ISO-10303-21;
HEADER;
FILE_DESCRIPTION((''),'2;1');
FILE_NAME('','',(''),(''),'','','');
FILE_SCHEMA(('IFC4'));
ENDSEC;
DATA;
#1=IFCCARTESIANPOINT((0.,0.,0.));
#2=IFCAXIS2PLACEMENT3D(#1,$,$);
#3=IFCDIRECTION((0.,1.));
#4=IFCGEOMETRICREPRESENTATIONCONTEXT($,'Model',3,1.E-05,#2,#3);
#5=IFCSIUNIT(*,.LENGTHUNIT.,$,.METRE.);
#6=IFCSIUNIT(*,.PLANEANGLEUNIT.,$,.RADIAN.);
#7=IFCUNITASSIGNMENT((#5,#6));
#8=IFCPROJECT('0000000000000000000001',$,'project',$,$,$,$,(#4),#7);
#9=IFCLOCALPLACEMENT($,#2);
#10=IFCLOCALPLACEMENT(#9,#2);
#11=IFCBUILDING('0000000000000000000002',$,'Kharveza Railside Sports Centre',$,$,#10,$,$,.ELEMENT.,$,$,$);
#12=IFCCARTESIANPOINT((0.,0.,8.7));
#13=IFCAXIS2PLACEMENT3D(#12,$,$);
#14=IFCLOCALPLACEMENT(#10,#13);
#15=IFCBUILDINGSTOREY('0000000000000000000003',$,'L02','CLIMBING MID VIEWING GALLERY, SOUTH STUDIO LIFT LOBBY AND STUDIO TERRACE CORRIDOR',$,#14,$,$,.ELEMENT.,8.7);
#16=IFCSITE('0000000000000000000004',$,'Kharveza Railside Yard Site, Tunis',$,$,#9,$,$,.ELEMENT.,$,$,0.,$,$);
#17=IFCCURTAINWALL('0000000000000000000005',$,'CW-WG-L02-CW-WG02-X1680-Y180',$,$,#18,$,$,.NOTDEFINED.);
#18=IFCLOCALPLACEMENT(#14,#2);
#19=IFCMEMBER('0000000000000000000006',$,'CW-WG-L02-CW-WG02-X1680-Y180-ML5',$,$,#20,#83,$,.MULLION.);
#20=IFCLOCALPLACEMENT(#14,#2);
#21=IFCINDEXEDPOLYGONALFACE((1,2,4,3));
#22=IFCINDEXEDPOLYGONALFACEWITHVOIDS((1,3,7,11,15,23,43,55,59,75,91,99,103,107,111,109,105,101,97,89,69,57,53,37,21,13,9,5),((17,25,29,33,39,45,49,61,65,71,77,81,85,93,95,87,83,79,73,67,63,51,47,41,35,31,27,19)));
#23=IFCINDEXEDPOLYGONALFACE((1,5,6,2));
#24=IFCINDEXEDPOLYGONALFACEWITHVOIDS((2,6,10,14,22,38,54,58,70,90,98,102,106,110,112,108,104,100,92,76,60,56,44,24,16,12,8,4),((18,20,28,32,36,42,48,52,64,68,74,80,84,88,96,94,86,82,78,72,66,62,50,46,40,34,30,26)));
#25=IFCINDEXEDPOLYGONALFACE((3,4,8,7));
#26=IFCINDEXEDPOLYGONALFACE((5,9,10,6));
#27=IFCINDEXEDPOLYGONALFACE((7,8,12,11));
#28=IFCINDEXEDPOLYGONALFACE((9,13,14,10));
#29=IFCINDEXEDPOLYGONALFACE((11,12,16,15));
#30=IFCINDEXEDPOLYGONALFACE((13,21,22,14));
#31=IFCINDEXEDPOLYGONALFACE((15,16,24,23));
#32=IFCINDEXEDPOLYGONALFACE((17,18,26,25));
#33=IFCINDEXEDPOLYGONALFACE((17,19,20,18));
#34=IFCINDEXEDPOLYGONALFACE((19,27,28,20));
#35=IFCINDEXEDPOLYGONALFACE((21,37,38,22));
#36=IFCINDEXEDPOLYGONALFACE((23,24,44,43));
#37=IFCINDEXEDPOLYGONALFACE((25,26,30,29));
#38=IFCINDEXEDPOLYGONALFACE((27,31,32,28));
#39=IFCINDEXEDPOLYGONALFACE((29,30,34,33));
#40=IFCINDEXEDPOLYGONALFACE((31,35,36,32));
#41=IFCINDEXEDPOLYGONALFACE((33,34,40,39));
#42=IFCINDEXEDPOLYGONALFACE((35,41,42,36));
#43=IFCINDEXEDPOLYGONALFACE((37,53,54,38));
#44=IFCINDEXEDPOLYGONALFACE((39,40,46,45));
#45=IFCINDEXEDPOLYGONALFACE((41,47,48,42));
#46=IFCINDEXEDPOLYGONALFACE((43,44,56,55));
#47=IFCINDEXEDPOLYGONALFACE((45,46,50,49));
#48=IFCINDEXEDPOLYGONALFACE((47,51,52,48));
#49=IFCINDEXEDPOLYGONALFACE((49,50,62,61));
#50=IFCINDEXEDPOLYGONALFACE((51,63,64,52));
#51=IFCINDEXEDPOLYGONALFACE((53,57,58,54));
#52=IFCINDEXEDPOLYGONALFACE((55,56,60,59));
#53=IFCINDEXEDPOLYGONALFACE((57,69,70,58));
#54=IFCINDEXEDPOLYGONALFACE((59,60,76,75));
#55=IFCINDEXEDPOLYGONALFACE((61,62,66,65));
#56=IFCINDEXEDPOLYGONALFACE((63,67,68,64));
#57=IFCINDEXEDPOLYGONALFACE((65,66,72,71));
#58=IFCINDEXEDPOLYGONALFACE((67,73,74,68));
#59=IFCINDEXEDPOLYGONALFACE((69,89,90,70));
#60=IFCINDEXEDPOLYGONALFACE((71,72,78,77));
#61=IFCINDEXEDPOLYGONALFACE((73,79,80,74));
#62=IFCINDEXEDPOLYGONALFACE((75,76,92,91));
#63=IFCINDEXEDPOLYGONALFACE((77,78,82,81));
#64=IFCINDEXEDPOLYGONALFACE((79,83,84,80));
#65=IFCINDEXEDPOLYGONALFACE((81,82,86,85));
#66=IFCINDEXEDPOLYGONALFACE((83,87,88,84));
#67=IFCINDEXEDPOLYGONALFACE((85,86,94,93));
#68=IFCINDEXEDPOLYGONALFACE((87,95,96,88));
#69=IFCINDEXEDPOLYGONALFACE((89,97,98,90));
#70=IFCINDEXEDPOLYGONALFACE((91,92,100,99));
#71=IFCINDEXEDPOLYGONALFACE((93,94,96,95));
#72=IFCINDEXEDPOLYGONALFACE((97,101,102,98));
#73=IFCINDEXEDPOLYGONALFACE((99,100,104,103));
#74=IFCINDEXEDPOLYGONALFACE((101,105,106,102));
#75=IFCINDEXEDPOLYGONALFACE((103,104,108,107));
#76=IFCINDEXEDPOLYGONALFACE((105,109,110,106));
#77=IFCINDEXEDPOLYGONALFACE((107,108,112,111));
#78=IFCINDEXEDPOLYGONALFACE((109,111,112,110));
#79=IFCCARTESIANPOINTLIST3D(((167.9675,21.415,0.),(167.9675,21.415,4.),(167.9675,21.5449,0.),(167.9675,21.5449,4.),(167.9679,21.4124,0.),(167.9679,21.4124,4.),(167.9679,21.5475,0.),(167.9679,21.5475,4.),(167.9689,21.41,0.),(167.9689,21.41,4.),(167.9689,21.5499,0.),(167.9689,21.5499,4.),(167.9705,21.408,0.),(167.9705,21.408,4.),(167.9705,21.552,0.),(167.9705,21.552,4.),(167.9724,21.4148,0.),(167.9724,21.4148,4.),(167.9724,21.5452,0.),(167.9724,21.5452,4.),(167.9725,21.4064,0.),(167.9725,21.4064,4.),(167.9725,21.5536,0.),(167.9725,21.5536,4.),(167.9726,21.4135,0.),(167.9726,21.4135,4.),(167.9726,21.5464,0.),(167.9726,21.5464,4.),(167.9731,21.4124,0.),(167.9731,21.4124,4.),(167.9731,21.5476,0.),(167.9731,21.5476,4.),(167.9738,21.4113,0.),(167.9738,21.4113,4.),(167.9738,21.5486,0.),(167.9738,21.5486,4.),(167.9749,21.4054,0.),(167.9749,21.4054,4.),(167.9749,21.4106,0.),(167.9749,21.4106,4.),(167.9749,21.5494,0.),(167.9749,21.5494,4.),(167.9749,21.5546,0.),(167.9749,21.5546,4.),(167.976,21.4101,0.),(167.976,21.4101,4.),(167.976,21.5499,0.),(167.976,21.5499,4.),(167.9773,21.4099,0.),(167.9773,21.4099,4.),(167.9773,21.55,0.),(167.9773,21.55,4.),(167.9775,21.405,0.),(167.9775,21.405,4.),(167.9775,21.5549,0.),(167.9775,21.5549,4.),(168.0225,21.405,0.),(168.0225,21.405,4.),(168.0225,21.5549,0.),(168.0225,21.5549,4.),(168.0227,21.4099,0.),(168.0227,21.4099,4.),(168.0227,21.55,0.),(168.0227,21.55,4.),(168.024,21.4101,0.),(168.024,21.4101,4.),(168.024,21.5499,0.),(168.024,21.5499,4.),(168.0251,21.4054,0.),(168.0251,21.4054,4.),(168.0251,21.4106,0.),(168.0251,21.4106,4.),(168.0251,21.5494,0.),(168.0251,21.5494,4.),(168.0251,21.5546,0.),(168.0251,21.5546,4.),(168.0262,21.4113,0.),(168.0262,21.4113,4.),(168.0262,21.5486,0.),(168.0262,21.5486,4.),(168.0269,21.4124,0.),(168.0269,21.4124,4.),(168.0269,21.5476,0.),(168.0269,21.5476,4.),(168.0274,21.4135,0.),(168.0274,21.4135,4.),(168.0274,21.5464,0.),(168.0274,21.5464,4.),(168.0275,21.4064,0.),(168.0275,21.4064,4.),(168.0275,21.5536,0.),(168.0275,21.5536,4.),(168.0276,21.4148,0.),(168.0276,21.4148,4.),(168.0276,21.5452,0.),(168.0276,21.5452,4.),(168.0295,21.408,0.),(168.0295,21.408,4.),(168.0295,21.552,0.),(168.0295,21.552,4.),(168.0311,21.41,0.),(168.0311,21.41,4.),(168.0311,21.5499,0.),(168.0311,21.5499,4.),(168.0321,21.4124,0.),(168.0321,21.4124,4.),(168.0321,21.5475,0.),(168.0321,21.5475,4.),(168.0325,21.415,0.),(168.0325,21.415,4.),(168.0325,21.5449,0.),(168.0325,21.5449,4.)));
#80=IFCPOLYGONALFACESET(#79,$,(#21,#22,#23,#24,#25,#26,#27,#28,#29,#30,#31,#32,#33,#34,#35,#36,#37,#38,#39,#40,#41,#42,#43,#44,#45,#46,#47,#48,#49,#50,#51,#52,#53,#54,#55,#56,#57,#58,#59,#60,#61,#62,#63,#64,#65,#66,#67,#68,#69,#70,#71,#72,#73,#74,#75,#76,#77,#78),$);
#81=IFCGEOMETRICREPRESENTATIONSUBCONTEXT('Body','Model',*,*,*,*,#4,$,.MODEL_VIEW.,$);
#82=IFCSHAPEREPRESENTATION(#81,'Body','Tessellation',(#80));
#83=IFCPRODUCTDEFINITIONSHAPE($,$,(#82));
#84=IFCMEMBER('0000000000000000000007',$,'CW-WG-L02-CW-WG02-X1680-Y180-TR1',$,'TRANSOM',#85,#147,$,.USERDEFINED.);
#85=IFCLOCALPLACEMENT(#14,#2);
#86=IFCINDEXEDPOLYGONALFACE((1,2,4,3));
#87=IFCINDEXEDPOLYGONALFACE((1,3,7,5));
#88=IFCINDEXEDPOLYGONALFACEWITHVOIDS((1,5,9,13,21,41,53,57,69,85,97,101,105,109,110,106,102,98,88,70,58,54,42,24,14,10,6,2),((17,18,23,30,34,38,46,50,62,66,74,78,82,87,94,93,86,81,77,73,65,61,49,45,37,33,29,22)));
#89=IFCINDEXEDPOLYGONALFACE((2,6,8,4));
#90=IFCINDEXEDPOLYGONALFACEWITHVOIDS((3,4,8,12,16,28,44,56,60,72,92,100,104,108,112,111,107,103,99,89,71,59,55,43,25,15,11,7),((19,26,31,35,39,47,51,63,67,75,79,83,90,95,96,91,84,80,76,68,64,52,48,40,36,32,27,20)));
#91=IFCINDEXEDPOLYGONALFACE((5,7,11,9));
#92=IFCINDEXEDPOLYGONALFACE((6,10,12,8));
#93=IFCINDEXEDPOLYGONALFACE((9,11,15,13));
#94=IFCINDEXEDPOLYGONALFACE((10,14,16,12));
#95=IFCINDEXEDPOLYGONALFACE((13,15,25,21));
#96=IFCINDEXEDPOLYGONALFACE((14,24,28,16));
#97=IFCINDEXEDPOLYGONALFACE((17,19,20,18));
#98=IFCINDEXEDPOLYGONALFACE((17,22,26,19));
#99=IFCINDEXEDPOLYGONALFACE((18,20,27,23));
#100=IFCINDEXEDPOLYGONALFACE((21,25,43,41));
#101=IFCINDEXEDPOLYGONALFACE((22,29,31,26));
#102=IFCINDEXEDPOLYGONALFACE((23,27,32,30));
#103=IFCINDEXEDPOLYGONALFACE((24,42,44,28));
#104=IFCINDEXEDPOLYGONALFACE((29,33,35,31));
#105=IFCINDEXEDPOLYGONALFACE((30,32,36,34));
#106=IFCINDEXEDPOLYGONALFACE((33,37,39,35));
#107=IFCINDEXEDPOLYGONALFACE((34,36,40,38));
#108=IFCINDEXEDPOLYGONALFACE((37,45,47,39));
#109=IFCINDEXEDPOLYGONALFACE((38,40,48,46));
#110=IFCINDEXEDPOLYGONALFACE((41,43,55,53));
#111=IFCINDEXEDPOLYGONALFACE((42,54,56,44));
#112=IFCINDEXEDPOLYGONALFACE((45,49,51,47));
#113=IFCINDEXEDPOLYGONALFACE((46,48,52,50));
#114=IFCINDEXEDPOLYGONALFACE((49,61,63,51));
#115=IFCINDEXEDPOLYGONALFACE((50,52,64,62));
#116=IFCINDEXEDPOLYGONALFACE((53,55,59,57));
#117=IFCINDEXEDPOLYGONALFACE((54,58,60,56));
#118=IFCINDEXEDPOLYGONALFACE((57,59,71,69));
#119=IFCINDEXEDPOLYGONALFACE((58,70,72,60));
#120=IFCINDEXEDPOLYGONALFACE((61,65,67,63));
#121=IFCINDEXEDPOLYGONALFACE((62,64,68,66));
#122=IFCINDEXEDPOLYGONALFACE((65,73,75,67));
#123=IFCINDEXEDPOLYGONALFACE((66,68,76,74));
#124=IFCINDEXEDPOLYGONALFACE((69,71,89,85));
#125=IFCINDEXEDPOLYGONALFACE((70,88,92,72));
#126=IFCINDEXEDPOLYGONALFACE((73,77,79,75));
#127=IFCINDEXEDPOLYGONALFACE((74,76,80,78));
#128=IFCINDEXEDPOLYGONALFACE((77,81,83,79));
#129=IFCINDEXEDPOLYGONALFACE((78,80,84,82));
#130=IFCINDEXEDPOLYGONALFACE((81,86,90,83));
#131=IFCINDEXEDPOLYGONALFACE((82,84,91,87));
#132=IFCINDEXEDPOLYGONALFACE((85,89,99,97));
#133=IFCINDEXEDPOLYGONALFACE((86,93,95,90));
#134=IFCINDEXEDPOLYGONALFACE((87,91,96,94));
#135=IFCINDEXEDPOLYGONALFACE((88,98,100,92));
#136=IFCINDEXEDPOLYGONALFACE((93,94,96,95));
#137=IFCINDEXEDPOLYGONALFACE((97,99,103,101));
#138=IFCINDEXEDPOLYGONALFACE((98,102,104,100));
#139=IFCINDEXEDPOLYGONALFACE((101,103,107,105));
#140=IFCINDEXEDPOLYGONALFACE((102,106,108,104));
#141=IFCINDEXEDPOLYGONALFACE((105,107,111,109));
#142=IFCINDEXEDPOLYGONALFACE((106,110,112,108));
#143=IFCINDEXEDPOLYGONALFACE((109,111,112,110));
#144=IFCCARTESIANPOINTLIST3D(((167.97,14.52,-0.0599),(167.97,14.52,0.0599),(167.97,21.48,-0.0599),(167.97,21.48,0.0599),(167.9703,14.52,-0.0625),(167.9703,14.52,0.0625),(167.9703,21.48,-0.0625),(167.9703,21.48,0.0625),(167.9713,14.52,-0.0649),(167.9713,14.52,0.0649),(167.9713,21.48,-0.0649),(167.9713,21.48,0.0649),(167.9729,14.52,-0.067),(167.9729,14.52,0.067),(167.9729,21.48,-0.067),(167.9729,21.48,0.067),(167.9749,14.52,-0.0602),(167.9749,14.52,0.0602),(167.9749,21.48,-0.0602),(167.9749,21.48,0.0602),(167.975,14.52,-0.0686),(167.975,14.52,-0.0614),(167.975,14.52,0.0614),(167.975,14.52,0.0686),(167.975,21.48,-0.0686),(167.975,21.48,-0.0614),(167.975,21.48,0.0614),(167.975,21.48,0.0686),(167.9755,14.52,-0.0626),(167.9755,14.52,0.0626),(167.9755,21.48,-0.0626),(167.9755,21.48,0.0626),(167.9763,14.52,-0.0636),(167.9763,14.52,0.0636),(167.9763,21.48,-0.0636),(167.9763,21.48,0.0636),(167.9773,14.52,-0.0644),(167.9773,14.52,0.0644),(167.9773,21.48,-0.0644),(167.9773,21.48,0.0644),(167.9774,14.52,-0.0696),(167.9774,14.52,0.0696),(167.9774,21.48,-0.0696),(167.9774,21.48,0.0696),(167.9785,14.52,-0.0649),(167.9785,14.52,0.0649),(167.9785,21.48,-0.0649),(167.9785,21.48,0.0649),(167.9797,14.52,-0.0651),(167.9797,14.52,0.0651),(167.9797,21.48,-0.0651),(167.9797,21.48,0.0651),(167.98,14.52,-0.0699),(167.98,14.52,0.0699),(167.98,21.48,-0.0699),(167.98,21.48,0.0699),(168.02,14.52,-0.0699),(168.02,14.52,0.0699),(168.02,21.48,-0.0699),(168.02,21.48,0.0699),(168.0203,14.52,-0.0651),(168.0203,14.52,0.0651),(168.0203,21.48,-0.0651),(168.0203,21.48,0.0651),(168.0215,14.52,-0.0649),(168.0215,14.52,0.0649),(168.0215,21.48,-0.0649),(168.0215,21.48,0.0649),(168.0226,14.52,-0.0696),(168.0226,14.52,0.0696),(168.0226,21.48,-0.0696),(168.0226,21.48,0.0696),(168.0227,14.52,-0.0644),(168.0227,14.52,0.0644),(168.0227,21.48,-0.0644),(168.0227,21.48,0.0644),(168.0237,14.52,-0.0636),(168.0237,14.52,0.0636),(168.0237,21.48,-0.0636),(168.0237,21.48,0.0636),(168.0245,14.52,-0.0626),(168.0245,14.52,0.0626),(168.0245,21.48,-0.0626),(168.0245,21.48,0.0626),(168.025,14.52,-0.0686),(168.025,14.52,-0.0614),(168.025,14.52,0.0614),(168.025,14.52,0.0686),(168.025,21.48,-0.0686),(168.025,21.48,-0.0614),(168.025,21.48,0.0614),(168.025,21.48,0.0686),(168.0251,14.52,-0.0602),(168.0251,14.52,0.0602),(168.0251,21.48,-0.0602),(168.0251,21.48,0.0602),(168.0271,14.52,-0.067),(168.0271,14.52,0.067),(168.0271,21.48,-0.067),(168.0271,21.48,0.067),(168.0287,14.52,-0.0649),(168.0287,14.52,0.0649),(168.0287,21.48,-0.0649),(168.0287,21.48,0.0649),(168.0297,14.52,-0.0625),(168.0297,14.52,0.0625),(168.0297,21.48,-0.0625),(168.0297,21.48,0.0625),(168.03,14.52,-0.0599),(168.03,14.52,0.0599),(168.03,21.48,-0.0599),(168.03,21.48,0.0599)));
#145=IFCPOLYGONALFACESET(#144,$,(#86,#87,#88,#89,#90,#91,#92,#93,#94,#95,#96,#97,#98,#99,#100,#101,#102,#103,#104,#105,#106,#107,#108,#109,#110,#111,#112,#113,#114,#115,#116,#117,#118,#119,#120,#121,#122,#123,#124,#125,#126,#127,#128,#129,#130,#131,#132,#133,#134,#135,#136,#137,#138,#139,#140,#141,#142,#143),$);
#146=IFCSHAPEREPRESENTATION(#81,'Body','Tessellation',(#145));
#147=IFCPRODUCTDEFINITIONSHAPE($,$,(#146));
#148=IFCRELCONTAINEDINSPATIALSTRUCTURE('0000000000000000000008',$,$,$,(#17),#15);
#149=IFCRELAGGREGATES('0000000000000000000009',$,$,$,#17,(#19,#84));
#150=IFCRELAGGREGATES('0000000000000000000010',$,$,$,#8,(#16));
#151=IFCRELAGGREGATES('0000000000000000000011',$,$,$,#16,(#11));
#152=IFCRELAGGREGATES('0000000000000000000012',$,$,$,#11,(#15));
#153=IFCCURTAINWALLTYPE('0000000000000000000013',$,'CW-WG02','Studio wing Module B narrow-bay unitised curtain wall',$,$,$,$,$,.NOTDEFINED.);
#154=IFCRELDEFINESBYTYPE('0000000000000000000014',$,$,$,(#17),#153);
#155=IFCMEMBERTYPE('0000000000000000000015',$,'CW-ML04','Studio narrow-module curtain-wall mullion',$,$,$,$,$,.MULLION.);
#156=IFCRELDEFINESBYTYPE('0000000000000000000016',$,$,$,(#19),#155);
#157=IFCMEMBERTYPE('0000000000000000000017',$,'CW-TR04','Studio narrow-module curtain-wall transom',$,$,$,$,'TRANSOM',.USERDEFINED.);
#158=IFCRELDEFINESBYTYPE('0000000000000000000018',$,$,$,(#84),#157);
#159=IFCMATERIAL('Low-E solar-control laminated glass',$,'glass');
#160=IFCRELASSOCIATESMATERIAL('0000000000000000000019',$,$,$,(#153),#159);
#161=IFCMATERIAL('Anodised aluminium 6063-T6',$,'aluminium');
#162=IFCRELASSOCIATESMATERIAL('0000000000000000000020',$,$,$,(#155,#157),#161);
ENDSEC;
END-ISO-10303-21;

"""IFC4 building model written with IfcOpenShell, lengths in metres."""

from ifc_helpers import new_model, si_unit, direction, frame, origin, origin_2d, place, context, subcontext, project, spatial, hollow_rectangle, extrude, material, material_profile, profile_set, type_object, element, aggregate, save


model = new_model("IFC4")

# Units and contexts
model_context = context("Model", 3, precision=1e-05, world=origin(), true_north=direction((0.0, 1.0)))
body_context = subcontext(model_context, "Body", "Model", "MODEL_VIEW")
ifc_project = project(units=[si_unit("LENGTHUNIT", "METRE"), si_unit("PLANEANGLEUNIT", "RADIAN")], contexts=[model_context])

# Site, building, storey
site_placement = place(None, origin())
site = spatial("IfcSite", under=ifc_project, at=site_placement, Name="Kharveza Railside Yard Site, Tunis", CompositionType="ELEMENT", RefElevation=0.0)
building_placement = place(site_placement, origin())
building = spatial("IfcBuilding", under=site, at=building_placement, Name="Kharveza Railside Sports Centre", CompositionType="ELEMENT")
storey_placement = place(building_placement, frame((0.0, 0.0, 8.7)))
storey = spatial("IfcBuildingStorey", under=building, at=storey_placement, Name="L02", Description="CLIMBING MID VIEWING GALLERY, SOUTH STUDIO LIFT LOBBY AND STUDIO TERRACE CORRIDOR", CompositionType="ELEMENT", Elevation=8.7)

# Curtain wall, members
ifc_material_1 = material(Name="Low-E solar-control laminated glass", Category="glass")
curtain_wall_type = type_object("IfcCurtainWallType", Name="CW-WG02", Description="Studio wing Module B narrow-bay unitised curtain wall", PredefinedType="NOTDEFINED", material=ifc_material_1)
curtain_wall_placement = place(storey_placement, origin())
curtain_wall = element("IfcCurtainWall", 1, at=curtain_wall_placement, inside=storey, type_object=curtain_wall_type, Name="CW-WG-L02-CW-WG02-X1680-Y180", PredefinedType="NOTDEFINED")
ifc_material_2 = material(Name="Anodised aluminium 6063-T6", Category="aluminium")
ifc_material_profile_1 = material_profile(ifc_material_2, hollow_rectangle(XDim=0.0649, YDim=0.1499, WallThickness=0.0049, InnerFilletRadius=0.0049, OuterFilletRadius=0.01, at=origin_2d()), Name="RHS 65x150x5.0")
ifc_profile_set_1 = profile_set([ifc_material_profile_1], Name="Anodised aluminium 6063-T6")
member_type_1 = type_object("IfcMemberType", Name="CW-ML04", Description="Studio narrow-module curtain-wall mullion", PredefinedType="MULLION", material=ifc_profile_set_1)
member_1_placement = place(storey_placement, frame((168.0, 21.48, 0.0), z_axis=(0.0, 0.0, 1.0), x_axis=(1.0, 0.0, 0.0)))
member_1 = element("IfcMember", 2, at=member_1_placement, type_object=member_type_1, Name="CW-WG-L02-CW-WG02-X1680-Y180-ML5", PredefinedType="MULLION", context=body_context, shape_type="SweptSolid", body=[
    extrude(hollow_rectangle(XDim=0.0649, YDim=0.1499, WallThickness=0.0049, InnerFilletRadius=0.0049, OuterFilletRadius=0.01, at=origin_2d()), origin(), (0.0, 0.0, 1.0), 4.0),
])
ifc_material_profile_2 = material_profile(ifc_material_2, hollow_rectangle(XDim=0.0601, YDim=0.1399, WallThickness=0.0049, InnerFilletRadius=0.0049, OuterFilletRadius=0.01, at=origin_2d()), Name="RHS 60x140x5.0")
ifc_profile_set_2 = profile_set([ifc_material_profile_2], Name="Anodised aluminium 6063-T6")
member_type_2 = type_object("IfcMemberType", Name="CW-TR04", Description="Studio narrow-module curtain-wall transom", ElementType="TRANSOM", PredefinedType="USERDEFINED", material=ifc_profile_set_2)
member_2_placement = place(storey_placement, frame((168.0, 14.52, 0.0), z_axis=(0.0, 1.0, 0.0), x_axis=(-1.0, 0.0, 0.0)))
member_2 = element("IfcMember", 3, at=member_2_placement, type_object=member_type_2, Name="CW-WG-L02-CW-WG02-X1680-Y180-TR1", ObjectType="TRANSOM", PredefinedType="USERDEFINED", context=body_context, shape_type="SweptSolid", body=[
    extrude(hollow_rectangle(XDim=0.0601, YDim=0.1399, WallThickness=0.0049, InnerFilletRadius=0.0049, OuterFilletRadius=0.01, at=origin_2d()), origin(), (0.0, 0.0, 1.0), 6.96),
])
aggregate(curtain_wall, [member_1, member_2])

save(model, "model.ifc")
